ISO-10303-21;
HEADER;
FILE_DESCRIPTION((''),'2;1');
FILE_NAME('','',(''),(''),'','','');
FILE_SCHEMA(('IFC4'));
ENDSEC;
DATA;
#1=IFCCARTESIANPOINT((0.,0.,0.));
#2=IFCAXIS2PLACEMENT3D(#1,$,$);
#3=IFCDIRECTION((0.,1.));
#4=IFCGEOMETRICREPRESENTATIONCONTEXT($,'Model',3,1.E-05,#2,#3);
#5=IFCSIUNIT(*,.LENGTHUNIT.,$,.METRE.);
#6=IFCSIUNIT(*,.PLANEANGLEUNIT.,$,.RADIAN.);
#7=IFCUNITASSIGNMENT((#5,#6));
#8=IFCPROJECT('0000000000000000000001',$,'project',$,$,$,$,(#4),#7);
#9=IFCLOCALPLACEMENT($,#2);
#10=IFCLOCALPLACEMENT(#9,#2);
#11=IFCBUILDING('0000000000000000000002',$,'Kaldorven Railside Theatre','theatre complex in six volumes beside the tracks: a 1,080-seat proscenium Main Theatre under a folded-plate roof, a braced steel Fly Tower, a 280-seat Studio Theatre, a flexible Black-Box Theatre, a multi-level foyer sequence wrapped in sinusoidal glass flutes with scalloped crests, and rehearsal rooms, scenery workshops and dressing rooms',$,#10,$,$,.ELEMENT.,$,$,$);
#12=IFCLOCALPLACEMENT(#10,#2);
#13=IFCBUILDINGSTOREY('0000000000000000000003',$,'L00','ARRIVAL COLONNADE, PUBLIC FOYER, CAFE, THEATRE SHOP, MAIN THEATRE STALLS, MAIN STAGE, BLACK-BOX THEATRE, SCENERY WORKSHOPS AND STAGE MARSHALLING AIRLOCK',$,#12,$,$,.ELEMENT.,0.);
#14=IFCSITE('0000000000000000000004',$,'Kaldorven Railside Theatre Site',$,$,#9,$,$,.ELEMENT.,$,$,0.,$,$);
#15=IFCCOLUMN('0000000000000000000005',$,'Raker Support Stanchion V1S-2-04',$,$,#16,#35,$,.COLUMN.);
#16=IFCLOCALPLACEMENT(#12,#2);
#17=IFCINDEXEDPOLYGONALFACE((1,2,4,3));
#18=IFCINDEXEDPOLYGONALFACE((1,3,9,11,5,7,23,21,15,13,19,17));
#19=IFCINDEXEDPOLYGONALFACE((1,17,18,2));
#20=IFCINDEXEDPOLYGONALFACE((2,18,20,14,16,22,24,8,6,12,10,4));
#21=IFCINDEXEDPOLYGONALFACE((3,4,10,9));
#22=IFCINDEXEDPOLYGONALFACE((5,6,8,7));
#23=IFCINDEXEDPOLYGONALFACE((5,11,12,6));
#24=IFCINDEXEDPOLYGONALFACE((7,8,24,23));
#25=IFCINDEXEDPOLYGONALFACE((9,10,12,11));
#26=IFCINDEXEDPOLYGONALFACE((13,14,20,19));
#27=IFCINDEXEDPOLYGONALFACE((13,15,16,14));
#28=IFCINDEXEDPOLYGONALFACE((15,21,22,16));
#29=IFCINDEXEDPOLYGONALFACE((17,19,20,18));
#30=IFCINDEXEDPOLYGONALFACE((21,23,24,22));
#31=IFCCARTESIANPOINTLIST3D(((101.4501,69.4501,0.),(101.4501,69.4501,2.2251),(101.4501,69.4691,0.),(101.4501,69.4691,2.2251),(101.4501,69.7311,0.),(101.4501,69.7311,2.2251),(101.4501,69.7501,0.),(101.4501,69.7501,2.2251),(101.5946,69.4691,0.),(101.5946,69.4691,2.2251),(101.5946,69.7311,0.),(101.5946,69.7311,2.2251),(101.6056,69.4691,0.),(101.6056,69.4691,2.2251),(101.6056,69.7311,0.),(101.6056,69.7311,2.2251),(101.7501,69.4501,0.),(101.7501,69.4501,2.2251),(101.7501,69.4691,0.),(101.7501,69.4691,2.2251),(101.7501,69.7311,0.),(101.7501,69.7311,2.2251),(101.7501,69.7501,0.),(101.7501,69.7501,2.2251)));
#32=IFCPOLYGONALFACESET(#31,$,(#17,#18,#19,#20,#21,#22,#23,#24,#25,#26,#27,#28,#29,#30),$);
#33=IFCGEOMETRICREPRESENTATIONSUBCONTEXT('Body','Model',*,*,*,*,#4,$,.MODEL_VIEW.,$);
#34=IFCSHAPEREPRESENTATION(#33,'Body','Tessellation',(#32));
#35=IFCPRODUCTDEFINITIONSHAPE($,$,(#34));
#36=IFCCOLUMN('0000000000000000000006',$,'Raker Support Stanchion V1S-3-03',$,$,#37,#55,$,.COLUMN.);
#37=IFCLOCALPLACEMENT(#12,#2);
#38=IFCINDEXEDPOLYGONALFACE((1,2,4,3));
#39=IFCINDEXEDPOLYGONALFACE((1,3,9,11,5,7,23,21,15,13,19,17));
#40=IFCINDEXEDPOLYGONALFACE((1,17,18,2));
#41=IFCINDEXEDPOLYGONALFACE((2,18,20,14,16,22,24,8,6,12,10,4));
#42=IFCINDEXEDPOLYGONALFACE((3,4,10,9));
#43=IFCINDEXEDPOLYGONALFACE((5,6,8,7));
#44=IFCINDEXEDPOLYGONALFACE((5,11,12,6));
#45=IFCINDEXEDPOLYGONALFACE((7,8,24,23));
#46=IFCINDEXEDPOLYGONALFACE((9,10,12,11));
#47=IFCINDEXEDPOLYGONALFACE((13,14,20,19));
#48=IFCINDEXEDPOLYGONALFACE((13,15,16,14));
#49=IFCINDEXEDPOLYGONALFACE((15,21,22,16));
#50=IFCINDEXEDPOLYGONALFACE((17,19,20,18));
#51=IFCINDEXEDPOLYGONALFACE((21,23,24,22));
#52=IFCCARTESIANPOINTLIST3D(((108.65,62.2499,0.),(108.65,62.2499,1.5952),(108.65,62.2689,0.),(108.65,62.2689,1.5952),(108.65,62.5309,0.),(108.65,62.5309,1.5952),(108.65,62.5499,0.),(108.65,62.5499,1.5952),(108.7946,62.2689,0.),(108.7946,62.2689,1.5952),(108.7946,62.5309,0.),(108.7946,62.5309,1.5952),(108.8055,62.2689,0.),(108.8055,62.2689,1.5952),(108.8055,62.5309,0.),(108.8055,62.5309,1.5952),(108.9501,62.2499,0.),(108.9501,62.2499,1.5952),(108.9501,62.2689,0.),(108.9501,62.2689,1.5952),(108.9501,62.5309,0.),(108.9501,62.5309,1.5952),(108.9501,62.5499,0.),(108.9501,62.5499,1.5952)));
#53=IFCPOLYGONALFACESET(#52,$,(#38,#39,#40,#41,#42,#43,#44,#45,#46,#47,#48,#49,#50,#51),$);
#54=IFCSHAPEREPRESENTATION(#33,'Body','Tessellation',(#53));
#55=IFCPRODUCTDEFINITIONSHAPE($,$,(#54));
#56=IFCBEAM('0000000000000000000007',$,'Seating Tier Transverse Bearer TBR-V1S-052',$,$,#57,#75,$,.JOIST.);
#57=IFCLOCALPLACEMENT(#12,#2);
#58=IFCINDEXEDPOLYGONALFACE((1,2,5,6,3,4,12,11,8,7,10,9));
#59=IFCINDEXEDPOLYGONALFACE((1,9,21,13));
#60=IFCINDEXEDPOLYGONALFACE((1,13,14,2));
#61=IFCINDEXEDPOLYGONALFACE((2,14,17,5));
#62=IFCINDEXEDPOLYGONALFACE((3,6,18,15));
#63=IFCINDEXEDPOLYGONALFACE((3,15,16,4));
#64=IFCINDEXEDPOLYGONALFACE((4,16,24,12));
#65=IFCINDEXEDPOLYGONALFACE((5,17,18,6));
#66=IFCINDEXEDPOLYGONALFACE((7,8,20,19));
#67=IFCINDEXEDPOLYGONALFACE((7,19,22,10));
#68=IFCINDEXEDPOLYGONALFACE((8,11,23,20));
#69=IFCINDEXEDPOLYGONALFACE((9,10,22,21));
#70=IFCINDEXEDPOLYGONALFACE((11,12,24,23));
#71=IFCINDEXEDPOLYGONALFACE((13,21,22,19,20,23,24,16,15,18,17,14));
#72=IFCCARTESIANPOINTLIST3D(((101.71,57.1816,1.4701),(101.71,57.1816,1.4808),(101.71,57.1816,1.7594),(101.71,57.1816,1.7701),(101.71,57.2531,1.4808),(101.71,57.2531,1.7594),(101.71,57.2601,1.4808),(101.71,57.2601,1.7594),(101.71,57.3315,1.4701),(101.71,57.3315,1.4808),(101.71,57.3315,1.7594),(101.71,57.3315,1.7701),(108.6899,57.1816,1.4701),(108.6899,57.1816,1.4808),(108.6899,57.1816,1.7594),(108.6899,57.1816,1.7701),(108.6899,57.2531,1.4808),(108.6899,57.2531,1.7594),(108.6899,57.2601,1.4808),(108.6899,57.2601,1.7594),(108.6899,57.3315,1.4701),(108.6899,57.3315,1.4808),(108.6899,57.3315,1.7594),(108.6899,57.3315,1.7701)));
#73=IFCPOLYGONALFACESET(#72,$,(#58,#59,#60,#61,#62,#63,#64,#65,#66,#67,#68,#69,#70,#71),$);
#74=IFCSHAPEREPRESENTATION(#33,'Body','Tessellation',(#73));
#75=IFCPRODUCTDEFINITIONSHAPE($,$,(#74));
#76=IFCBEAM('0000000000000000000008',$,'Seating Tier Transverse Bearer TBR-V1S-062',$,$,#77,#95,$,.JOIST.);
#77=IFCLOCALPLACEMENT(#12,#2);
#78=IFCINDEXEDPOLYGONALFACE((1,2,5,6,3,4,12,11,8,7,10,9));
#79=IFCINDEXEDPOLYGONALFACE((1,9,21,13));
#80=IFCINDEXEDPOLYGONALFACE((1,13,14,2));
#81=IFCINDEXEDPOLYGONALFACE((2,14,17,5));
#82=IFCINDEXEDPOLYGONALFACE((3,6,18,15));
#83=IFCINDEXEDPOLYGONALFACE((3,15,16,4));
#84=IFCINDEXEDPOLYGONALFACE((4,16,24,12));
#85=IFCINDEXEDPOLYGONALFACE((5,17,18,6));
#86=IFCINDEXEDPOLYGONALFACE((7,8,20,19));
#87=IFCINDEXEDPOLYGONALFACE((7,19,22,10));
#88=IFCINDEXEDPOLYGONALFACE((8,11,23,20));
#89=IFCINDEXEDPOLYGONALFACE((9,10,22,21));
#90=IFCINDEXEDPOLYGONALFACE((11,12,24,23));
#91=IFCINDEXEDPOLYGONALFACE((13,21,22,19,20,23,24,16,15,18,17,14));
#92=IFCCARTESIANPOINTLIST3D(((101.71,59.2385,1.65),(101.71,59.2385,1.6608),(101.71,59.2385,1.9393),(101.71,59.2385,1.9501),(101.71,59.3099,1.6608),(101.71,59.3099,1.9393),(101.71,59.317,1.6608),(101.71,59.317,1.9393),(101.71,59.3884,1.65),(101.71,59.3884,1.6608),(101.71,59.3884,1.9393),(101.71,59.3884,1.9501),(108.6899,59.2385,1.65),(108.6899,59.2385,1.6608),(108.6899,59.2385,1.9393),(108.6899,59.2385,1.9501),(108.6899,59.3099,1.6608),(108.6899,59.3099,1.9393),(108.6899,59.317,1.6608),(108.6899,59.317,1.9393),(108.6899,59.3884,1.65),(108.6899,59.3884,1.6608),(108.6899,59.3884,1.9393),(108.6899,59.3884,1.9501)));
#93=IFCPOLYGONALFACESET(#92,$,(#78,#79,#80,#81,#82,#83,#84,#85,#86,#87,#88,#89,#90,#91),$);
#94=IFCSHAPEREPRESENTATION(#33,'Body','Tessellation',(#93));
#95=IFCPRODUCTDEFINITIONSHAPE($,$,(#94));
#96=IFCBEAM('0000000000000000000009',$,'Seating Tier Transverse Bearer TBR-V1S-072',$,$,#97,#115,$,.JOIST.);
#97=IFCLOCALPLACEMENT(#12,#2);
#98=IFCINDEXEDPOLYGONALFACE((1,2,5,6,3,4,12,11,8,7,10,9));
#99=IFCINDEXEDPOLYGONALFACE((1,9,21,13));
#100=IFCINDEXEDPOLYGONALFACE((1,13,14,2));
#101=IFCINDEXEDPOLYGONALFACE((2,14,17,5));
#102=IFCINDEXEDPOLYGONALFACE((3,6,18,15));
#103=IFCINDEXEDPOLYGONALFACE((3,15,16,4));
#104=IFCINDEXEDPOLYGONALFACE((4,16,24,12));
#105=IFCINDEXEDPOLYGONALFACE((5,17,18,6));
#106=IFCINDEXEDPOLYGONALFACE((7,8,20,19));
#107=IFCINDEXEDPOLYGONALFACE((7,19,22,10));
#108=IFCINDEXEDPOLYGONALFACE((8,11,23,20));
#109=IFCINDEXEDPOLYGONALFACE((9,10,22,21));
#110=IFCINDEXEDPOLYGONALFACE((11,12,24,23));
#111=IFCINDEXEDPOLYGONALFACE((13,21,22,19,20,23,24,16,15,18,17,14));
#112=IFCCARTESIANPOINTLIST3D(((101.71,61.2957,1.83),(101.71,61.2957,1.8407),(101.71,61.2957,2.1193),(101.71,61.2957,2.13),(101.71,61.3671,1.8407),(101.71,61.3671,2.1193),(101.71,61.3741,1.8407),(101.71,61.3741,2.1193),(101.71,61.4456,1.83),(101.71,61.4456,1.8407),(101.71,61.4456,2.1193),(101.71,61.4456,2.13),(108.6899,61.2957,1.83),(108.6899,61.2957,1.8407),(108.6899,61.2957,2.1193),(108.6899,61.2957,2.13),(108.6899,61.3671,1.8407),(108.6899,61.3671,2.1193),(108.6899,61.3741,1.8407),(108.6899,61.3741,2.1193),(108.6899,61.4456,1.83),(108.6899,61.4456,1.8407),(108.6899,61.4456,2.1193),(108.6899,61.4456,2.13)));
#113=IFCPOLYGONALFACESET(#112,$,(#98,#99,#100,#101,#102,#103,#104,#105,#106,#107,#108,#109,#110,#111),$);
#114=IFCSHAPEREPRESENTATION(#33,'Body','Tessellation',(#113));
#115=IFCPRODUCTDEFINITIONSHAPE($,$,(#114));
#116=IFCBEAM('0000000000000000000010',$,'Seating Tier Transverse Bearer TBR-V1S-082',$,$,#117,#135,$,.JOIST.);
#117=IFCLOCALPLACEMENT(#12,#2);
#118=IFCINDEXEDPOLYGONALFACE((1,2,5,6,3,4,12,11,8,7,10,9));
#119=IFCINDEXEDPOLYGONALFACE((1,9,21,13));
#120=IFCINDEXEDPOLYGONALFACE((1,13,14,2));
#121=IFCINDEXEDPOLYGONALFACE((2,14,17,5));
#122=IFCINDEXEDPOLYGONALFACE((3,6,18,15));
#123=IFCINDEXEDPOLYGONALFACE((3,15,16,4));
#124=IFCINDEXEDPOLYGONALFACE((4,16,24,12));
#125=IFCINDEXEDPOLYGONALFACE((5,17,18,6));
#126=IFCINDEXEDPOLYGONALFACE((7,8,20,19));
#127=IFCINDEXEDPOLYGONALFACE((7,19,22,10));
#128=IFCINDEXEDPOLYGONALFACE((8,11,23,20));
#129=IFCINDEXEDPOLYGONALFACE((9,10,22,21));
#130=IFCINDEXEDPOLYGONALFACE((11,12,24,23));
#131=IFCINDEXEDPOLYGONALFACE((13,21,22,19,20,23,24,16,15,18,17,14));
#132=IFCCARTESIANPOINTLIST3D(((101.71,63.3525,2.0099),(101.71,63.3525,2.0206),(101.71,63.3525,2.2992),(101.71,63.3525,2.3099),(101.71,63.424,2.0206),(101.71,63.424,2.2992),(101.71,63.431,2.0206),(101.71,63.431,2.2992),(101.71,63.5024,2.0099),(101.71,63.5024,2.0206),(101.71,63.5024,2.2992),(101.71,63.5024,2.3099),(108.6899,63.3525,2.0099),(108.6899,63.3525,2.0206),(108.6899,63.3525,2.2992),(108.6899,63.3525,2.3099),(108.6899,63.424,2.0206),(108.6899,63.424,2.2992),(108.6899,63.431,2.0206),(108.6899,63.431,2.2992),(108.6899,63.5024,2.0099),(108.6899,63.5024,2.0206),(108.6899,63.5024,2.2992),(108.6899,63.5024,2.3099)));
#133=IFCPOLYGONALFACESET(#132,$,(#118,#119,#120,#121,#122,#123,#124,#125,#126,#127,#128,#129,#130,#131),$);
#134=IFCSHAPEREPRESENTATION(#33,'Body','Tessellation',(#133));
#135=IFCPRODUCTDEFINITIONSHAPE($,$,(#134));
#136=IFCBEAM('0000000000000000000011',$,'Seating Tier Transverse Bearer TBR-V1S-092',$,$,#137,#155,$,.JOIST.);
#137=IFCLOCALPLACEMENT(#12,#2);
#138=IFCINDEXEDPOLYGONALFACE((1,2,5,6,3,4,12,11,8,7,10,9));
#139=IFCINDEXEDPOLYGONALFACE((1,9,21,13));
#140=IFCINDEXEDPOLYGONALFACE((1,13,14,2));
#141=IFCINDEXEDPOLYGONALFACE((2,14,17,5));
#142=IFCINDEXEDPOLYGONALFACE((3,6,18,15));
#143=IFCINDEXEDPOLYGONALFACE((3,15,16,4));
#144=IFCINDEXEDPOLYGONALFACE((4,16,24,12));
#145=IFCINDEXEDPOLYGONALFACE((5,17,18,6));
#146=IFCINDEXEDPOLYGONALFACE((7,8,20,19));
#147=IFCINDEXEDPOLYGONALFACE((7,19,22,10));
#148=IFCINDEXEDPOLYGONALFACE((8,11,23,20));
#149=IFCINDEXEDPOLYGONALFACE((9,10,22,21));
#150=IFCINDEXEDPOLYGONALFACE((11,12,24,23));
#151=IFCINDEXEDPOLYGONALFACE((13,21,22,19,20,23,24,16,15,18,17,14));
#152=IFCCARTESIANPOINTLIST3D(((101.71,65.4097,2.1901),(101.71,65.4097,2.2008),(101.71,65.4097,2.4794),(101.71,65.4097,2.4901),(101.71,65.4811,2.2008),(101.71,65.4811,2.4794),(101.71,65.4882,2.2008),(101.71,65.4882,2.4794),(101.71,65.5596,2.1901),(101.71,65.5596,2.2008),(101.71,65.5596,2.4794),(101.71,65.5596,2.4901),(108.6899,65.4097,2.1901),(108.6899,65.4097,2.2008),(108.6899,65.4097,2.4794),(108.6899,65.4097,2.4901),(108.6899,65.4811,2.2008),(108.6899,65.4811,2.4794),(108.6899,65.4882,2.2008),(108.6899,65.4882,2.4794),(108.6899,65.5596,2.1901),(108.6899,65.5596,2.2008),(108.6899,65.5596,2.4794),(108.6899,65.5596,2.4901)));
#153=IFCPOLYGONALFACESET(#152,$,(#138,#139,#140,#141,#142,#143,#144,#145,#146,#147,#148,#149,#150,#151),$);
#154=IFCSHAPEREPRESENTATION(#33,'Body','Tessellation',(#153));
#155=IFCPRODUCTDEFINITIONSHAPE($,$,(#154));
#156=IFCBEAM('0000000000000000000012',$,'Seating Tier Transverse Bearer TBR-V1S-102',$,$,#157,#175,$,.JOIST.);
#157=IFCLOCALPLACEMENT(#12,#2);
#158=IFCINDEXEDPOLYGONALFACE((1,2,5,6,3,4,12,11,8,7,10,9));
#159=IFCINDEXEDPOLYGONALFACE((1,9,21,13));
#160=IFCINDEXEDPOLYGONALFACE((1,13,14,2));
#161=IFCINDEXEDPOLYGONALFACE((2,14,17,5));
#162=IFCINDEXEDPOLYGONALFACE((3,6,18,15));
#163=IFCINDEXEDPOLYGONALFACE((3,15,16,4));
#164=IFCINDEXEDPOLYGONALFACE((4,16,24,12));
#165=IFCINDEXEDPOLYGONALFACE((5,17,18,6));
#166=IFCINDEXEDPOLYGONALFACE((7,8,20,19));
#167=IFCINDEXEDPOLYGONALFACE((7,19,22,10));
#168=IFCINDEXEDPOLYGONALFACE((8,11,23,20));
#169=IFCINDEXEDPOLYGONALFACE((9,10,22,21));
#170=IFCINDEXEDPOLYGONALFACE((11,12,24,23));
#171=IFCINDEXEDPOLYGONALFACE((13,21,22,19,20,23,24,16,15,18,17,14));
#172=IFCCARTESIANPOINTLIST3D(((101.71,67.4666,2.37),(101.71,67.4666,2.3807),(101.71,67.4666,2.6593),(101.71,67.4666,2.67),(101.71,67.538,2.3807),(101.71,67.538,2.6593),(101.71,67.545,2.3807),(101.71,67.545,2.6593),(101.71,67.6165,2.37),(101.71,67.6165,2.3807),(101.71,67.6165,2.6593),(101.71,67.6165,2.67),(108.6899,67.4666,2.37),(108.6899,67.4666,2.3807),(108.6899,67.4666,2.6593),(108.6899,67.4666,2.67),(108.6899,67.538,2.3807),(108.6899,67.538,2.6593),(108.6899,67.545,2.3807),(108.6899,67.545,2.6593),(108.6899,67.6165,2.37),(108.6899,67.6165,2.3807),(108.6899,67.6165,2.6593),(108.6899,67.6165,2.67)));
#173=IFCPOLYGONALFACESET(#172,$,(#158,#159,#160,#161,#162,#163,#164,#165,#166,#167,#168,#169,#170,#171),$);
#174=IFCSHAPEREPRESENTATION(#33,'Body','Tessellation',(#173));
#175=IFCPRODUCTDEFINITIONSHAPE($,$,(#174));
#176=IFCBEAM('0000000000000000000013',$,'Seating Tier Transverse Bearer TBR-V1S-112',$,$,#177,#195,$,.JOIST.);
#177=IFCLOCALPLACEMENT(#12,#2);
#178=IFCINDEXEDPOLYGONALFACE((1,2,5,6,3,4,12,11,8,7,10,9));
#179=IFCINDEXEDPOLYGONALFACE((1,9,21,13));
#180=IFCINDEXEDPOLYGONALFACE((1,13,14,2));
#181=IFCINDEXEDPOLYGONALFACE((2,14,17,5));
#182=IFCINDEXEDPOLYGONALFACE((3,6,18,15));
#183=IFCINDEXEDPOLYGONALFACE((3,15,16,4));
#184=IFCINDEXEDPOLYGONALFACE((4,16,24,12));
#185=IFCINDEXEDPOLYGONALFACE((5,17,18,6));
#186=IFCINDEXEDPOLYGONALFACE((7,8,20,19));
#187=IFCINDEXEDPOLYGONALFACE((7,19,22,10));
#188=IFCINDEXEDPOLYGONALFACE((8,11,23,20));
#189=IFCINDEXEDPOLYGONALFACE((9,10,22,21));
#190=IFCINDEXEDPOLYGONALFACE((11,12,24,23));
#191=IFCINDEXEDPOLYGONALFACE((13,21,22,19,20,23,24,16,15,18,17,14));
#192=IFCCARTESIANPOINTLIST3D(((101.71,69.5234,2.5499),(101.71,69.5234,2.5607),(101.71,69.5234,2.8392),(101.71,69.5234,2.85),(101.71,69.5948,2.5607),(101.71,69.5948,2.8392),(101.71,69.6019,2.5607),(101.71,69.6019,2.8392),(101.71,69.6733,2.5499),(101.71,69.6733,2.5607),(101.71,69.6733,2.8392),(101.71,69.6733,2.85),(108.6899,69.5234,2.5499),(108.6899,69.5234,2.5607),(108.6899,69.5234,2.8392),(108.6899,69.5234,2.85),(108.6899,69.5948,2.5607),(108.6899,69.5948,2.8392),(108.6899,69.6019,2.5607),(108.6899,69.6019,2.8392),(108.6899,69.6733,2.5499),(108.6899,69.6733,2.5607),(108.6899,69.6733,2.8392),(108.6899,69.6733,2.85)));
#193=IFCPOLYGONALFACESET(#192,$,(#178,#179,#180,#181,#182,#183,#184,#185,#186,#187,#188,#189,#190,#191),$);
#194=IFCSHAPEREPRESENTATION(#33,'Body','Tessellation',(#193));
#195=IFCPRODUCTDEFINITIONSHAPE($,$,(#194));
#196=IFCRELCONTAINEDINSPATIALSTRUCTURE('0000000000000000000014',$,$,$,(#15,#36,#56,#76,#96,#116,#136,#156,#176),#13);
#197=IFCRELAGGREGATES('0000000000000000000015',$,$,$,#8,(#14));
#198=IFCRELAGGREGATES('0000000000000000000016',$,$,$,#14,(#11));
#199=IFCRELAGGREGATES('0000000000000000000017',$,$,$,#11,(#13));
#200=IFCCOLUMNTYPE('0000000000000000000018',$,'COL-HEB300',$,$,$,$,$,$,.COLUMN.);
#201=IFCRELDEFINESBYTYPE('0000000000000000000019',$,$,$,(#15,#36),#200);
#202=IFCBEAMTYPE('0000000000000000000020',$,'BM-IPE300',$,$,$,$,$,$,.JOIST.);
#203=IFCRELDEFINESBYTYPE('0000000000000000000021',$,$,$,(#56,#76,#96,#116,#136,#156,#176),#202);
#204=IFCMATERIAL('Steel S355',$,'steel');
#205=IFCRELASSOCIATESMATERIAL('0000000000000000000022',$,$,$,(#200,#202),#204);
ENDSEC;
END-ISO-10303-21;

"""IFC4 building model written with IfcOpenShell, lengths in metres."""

from ifc_helpers import new_model, si_unit, direction, frame, origin, origin_2d, place, context, subcontext, project, spatial, i_section, extrude, material, material_profile, profile_set, type_object, element, save


model = new_model("IFC4")

# Units and contexts
model_context = context("Model", 3, precision=1e-05, world=origin(), true_north=direction((0.0, 1.0)))
body_context = subcontext(model_context, "Body", "Model", "MODEL_VIEW")
ifc_project = project(units=[si_unit("LENGTHUNIT", "METRE"), si_unit("PLANEANGLEUNIT", "RADIAN")], contexts=[model_context])

# Site, building, storey
site_placement = place(None, origin())
site = spatial("IfcSite", under=ifc_project, at=site_placement, Name="Kaldorven Railside Theatre Site", CompositionType="ELEMENT", RefElevation=0.0)
building_placement = place(site_placement, origin())
building = spatial("IfcBuilding", under=site, at=building_placement, Name="Kaldorven Railside Theatre", Description="theatre complex in six volumes beside the tracks: a 1,080-seat proscenium Main Theatre under a folded-plate roof, a braced steel Fly Tower, a 280-seat Studio Theatre, a flexible Black-Box Theatre, a multi-level foyer sequence wrapped in sinusoidal glass flutes with scalloped crests, and rehearsal rooms, scenery workshops and dressing rooms", CompositionType="ELEMENT")
storey_placement = place(building_placement, origin())
storey = spatial("IfcBuildingStorey", under=building, at=storey_placement, Name="L00", Description="ARRIVAL COLONNADE, PUBLIC FOYER, CAFE, THEATRE SHOP, MAIN THEATRE STALLS, MAIN STAGE, BLACK-BOX THEATRE, SCENERY WORKSHOPS AND STAGE MARSHALLING AIRLOCK", CompositionType="ELEMENT", Elevation=0.0)

# Columns
ifc_material_1 = material(Name="Steel S355", Category="steel")
ifc_material_profile_1 = material_profile(ifc_material_1, i_section(OverallWidth=0.3, OverallDepth=0.3, WebThickness=0.011, FlangeThickness=0.019, at=origin_2d()), Name="HEB 300")
ifc_profile_set_1 = profile_set([ifc_material_profile_1], Name="Steel S355")
column_type = type_object("IfcColumnType", Name="COL-HEB300", PredefinedType="COLUMN", material=ifc_profile_set_1)
column_1_placement = place(storey_placement, frame((101.6001, 69.6001, 0.0), z_axis=(0.0, 0.0, 1.0), x_axis=(1.0, 0.0, 0.0)))
element("IfcColumn", 1, at=column_1_placement, inside=storey, type_object=column_type, Name="Raker Support Stanchion V1S-2-04", PredefinedType="COLUMN", context=body_context, shape_type="SweptSolid", body=[
    extrude(i_section(OverallWidth=0.3, OverallDepth=0.3, WebThickness=0.011, FlangeThickness=0.019, at=origin_2d()), origin(), (0.0, 0.0, 1.0), 2.2251),
])
column_2_placement = place(storey_placement, frame((108.8, 62.3999, 0.0), z_axis=(0.0, 0.0, 1.0), x_axis=(1.0, 0.0, 0.0)))
element("IfcColumn", 2, at=column_2_placement, inside=storey, type_object=column_type, Name="Raker Support Stanchion V1S-3-03", PredefinedType="COLUMN", context=body_context, shape_type="SweptSolid", body=[
    extrude(i_section(OverallWidth=0.3, OverallDepth=0.3, WebThickness=0.011, FlangeThickness=0.019, at=origin_2d()), origin(), (0.0, 0.0, 1.0), 1.5952),
])

# Beams
ifc_material_profile_2 = material_profile(ifc_material_1, i_section(OverallWidth=0.1499, OverallDepth=0.3, WebThickness=0.0071, FlangeThickness=0.0107, at=origin_2d()), Name="IPE 300")
ifc_profile_set_2 = profile_set([ifc_material_profile_2], Name="Steel S355")
beam_type_1 = type_object("IfcBeamType", Name="BM-IPE300", PredefinedType="JOIST", material=ifc_profile_set_2)
for number, where, z_axis, x_axis, name in (
    (3, (101.71, 57.2566, 1.6201), (1.0, 0.0, 0.0), (0.0, 1.0, 0.0), "Seating Tier Transverse Bearer TBR-V1S-052"),
    (4, (101.71, 59.3135, 1.8), (1.0, 0.0, 0.0), (0.0, 1.0, 0.0), "Seating Tier Transverse Bearer TBR-V1S-062"),
    (5, (101.71, 61.3706, 1.98), (1.0, 0.0, 0.0), (0.0, 1.0, 0.0), "Seating Tier Transverse Bearer TBR-V1S-072"),
    (6, (101.71, 63.4275, 2.1599), (1.0, 0.0, 0.0), (0.0, 1.0, 0.0), "Seating Tier Transverse Bearer TBR-V1S-082"),
    (7, (101.71, 65.4846, 2.3401), (1.0, 0.0, 0.0), (0.0, 1.0, 0.0), "Seating Tier Transverse Bearer TBR-V1S-092"),
    (8, (101.71, 67.5415, 2.52), (1.0, 0.0, 0.0), (0.0, 1.0, 0.0), "Seating Tier Transverse Bearer TBR-V1S-102"),
    (9, (101.71, 69.5984, 2.7), (1.0, 0.0, 0.0), (0.0, 1.0, 0.0), "Seating Tier Transverse Bearer TBR-V1S-112"),
):
    element("IfcBeam", number, at=place(storey_placement, frame(where, z_axis=z_axis, x_axis=x_axis)), inside=storey, type_object=beam_type_1, Name=name, PredefinedType="JOIST", context=body_context, shape_type="SweptSolid", body=[
        extrude(i_section(OverallWidth=0.1499, OverallDepth=0.3, WebThickness=0.0071, FlangeThickness=0.0107, at=origin_2d()), origin(), (0.0, 0.0, 1.0), 6.98),
    ])

save(model, "model.ifc")
